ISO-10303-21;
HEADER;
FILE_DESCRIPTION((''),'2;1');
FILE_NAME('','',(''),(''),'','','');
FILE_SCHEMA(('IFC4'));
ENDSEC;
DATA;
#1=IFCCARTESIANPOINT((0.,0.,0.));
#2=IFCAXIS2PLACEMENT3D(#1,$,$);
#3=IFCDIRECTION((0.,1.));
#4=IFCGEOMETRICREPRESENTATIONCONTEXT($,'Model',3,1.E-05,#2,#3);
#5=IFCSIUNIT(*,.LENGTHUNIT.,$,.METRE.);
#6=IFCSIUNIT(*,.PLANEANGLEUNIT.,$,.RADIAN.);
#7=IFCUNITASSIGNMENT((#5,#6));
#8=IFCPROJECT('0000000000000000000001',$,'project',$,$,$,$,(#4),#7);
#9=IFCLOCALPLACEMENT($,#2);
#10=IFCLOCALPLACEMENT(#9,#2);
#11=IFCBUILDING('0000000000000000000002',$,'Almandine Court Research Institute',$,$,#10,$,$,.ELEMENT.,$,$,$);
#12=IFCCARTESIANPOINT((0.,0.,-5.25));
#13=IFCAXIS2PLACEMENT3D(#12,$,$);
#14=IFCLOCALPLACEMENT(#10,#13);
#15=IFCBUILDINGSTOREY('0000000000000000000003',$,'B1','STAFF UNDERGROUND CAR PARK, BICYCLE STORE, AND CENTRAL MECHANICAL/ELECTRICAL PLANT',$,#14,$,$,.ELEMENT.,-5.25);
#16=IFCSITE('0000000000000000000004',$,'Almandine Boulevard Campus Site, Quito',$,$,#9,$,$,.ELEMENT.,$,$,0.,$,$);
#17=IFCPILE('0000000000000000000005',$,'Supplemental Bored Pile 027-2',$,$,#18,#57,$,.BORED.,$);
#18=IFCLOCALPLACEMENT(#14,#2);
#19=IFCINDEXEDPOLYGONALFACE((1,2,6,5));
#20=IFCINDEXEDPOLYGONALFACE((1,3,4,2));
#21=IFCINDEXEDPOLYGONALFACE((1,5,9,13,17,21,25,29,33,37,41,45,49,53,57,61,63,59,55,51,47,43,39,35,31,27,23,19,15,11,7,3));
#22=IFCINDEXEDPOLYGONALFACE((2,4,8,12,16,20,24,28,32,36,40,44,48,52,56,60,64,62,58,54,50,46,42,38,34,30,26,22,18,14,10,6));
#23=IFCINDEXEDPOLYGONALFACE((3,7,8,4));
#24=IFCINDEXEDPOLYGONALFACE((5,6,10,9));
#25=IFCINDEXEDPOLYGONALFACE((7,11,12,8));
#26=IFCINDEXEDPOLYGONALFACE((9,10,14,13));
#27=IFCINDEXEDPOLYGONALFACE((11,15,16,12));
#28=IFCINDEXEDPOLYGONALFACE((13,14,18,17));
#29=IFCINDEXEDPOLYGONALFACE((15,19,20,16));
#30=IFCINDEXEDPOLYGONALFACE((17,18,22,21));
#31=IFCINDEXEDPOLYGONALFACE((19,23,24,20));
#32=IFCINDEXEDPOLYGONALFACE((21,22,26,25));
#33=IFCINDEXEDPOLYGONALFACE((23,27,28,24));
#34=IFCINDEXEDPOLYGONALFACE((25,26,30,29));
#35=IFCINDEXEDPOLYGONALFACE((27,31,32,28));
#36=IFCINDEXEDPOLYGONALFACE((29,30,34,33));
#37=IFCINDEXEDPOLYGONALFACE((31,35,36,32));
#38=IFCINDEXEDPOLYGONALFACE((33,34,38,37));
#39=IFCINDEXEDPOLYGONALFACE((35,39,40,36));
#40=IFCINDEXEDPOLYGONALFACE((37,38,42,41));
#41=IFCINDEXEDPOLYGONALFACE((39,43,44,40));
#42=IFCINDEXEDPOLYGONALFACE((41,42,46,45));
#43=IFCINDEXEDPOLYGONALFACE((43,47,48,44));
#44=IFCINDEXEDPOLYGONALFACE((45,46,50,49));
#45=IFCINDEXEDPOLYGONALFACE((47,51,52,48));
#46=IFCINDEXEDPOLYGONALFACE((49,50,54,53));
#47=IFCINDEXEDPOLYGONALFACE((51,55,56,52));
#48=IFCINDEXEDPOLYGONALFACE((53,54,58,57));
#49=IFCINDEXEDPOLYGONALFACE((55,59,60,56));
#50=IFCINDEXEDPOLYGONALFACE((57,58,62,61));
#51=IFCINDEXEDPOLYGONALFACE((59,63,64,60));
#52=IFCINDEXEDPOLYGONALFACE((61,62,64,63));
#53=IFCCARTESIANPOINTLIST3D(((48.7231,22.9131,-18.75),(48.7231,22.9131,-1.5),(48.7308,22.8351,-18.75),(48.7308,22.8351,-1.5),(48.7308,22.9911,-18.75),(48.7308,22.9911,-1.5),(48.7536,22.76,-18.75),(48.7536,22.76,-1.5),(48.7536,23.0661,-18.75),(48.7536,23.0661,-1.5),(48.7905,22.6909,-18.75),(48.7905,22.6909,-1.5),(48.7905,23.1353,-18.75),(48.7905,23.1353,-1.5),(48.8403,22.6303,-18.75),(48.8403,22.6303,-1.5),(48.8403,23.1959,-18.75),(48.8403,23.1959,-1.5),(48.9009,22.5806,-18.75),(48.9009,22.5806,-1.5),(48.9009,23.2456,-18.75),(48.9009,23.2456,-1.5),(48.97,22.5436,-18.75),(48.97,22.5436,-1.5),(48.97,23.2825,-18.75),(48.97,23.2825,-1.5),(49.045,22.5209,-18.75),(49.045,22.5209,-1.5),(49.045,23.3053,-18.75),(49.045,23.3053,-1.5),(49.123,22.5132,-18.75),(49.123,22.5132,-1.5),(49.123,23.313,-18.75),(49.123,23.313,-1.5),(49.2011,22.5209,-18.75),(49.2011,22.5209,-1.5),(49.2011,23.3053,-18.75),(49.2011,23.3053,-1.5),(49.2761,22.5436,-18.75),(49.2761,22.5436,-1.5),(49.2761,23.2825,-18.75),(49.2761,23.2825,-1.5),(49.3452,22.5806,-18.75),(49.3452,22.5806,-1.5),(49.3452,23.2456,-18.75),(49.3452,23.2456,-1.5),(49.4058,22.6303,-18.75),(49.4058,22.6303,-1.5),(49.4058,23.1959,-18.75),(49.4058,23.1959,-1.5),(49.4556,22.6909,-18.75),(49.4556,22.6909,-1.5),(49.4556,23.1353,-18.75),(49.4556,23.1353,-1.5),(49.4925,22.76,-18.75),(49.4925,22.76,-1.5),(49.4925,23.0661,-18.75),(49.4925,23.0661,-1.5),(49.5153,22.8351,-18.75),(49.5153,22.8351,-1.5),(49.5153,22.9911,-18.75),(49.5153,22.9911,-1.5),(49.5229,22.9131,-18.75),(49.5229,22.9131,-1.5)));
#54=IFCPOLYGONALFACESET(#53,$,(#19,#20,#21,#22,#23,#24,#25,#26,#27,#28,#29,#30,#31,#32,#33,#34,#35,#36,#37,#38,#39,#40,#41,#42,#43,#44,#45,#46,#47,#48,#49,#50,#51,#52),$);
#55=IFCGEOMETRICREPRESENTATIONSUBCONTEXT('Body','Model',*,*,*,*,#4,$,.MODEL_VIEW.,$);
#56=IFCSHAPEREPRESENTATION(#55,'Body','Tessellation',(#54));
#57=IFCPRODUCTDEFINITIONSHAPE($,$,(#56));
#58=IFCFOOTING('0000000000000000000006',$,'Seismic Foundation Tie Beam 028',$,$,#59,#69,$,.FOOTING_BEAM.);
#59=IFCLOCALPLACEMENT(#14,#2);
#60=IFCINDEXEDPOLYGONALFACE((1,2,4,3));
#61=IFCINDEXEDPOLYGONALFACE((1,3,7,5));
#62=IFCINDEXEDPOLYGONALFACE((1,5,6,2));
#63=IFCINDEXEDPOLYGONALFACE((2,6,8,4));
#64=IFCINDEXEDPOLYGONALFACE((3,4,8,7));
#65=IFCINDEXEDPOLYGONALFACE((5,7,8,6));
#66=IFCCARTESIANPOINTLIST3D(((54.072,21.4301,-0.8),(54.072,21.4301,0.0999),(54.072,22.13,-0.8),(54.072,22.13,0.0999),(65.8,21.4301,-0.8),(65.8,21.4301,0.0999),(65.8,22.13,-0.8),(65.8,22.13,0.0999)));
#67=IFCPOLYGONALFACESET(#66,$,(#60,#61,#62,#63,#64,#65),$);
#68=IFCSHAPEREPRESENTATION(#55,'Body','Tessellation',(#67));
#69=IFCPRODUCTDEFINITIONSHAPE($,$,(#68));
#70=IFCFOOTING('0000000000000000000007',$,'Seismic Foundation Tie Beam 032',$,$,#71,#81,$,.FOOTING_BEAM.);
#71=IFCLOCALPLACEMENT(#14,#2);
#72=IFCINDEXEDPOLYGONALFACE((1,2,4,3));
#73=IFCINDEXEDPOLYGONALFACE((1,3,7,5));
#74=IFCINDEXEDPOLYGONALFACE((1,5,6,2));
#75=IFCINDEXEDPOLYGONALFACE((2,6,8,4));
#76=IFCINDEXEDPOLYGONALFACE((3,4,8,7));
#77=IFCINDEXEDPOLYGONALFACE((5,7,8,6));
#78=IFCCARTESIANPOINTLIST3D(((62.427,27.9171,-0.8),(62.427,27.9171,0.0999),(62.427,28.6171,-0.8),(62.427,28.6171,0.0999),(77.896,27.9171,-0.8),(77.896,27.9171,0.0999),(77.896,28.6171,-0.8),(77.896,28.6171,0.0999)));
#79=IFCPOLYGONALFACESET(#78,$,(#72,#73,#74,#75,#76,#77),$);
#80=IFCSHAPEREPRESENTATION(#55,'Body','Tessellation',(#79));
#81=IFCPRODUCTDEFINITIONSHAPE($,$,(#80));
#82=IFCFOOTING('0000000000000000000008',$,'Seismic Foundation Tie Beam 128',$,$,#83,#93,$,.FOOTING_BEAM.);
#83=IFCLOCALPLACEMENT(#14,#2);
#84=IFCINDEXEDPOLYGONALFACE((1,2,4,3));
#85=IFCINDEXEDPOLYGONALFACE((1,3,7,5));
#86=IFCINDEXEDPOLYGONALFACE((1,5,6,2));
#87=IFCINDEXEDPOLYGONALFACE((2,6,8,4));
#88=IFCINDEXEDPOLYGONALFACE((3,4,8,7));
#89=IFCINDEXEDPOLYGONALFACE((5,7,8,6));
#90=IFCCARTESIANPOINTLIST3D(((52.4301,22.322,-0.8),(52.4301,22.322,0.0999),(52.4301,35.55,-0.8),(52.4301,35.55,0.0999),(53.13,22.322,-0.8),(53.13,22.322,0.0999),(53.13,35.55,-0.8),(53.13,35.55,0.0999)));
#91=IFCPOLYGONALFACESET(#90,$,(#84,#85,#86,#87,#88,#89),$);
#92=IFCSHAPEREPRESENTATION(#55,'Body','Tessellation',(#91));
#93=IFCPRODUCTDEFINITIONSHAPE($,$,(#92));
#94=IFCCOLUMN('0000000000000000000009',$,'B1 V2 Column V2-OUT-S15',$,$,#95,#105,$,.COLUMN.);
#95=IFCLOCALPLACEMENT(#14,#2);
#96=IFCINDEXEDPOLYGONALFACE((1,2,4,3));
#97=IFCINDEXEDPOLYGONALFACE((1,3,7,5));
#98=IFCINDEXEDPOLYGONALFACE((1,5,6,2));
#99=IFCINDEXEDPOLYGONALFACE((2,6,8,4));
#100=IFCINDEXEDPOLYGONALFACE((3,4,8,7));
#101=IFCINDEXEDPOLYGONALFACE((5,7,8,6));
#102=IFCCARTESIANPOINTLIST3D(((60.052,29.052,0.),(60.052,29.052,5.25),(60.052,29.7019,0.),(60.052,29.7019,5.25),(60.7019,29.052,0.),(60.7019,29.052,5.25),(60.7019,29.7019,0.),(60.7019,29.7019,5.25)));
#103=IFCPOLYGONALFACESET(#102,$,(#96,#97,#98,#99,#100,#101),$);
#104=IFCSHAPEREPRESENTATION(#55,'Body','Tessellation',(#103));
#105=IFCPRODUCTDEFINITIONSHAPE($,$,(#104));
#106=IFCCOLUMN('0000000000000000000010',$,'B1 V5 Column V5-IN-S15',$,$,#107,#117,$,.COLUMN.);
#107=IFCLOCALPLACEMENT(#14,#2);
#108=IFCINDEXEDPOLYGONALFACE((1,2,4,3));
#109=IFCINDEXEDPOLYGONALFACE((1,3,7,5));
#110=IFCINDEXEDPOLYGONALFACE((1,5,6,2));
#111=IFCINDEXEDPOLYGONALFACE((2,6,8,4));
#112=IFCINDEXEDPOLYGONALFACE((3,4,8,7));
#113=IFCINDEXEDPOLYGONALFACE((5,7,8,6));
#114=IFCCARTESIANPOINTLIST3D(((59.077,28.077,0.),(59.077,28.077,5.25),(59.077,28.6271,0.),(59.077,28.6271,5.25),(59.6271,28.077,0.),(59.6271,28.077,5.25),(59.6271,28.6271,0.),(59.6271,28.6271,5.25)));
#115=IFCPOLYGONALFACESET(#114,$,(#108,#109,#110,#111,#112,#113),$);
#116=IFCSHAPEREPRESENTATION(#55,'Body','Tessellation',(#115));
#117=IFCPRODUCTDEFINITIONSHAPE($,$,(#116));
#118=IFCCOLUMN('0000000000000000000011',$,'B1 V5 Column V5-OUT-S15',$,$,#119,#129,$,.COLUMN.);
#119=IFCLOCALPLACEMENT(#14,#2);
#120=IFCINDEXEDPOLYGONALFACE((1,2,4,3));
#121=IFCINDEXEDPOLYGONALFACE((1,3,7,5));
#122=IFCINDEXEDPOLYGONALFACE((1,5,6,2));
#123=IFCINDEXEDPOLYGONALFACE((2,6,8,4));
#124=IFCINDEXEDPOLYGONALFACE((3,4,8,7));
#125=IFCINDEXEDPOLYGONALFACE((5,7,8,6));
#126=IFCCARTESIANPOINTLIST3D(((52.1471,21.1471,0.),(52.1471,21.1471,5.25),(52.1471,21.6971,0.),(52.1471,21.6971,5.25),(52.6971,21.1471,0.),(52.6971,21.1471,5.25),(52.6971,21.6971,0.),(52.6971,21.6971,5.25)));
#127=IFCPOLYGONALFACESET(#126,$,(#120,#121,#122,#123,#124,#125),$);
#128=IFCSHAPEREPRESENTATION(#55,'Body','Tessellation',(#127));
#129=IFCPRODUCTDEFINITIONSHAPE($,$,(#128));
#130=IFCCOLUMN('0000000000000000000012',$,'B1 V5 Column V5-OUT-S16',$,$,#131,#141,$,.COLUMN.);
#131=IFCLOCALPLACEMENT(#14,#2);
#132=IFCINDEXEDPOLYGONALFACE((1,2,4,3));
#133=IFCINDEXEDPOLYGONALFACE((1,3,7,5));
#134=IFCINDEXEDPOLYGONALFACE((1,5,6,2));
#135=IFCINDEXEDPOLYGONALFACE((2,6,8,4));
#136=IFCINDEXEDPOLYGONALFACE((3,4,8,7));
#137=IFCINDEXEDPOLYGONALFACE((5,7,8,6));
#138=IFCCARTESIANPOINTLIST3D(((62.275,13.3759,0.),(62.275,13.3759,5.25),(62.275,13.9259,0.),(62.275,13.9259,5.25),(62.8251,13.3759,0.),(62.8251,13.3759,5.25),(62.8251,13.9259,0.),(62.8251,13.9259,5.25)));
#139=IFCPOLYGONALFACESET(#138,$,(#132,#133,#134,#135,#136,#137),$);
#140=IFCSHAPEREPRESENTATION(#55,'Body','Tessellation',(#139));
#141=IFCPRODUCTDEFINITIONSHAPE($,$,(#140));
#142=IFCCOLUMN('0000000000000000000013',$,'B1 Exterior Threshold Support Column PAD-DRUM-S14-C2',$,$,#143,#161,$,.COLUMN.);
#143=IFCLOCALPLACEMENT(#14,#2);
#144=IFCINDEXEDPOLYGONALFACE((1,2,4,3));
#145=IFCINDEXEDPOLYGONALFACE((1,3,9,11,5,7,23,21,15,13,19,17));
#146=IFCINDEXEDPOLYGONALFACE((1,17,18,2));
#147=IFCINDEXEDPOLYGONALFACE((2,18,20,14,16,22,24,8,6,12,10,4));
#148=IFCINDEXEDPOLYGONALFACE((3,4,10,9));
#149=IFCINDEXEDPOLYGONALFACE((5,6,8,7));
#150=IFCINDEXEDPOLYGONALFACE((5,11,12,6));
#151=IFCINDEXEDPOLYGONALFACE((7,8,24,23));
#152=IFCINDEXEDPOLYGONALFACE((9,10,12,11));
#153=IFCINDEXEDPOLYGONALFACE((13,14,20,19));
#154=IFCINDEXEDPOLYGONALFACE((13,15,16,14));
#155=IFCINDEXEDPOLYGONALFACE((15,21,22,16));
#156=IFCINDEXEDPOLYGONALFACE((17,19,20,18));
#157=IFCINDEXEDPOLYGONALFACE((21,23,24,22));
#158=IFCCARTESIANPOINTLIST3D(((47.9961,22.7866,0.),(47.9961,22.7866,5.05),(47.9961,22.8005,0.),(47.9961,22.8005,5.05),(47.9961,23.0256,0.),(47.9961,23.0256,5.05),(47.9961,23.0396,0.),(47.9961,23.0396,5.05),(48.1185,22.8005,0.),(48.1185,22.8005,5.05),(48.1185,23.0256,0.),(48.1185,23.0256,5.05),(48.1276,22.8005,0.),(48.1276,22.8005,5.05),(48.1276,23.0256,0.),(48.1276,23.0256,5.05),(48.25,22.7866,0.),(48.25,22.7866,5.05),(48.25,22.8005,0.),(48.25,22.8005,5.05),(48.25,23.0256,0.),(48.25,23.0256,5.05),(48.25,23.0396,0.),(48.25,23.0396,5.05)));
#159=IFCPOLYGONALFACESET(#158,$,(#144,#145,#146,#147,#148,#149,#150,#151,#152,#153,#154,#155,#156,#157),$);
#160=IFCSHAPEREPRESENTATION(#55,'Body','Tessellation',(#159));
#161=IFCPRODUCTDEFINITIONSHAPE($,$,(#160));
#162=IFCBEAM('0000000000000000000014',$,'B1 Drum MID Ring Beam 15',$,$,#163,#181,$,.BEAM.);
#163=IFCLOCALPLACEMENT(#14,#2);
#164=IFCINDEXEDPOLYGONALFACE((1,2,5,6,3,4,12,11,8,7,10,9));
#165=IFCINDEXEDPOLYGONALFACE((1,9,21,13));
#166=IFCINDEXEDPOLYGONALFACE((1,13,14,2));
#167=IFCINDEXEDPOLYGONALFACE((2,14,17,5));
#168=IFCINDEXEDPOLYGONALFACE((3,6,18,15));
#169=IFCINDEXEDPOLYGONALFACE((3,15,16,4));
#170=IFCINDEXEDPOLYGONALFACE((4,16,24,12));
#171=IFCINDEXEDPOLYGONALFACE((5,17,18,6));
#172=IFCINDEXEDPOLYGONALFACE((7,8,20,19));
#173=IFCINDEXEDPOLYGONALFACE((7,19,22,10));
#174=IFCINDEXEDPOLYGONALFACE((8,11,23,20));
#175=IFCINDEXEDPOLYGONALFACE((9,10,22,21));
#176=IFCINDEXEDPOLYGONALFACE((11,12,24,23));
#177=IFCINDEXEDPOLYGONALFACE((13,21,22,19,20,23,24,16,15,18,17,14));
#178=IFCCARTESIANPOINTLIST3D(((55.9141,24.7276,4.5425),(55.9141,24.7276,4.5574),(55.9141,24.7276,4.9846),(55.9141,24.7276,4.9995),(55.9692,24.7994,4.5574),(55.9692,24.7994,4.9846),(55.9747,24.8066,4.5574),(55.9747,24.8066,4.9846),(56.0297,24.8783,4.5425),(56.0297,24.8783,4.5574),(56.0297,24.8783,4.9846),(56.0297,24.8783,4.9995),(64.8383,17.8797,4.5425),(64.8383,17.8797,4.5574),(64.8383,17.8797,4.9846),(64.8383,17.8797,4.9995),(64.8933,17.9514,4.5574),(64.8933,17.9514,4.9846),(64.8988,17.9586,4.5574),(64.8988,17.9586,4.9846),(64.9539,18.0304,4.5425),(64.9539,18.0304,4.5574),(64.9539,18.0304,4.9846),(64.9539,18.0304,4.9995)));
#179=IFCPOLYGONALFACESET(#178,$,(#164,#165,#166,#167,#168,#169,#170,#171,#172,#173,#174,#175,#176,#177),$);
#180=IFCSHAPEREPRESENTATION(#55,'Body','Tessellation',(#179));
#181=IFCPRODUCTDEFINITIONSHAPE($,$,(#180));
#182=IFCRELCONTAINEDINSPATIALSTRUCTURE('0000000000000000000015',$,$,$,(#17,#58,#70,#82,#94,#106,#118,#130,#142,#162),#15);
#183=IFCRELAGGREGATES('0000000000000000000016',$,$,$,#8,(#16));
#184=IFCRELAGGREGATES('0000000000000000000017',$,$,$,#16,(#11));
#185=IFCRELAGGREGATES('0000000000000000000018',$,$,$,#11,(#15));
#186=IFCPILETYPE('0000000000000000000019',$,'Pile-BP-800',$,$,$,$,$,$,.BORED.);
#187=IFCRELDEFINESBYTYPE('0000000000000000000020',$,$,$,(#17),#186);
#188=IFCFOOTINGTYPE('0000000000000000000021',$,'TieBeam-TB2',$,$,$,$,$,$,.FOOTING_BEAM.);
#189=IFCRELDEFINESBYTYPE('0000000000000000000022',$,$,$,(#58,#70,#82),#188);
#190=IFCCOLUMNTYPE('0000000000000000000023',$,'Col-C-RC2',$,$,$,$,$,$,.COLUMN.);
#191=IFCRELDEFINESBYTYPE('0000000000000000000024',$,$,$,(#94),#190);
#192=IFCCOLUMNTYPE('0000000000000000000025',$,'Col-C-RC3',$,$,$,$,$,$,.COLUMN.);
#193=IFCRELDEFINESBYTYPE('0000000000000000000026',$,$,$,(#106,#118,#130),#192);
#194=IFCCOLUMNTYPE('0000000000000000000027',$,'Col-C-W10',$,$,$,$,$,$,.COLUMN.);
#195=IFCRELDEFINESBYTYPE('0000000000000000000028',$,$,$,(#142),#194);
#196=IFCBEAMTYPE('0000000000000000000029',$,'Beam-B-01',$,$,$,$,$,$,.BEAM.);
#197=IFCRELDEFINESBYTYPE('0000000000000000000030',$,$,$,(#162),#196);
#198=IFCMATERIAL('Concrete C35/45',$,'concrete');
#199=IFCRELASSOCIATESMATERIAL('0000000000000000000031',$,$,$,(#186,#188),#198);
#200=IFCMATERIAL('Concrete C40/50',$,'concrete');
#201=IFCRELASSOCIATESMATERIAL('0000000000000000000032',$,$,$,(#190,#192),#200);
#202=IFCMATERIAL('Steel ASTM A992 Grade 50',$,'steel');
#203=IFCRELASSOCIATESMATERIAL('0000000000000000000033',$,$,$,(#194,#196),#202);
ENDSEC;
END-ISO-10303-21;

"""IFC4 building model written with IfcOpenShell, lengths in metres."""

from ifc_helpers import new_model, si_unit, direction, frame, origin, origin_2d, place, context, subcontext, project, spatial, rectangle, circle, i_section, extrude, material, material_profile, profile_set, type_object, element, save


model = new_model("IFC4")

# Units and contexts
model_context = context("Model", 3, precision=1e-05, world=origin(), true_north=direction((0.0, 1.0)))
body_context = subcontext(model_context, "Body", "Model", "MODEL_VIEW")
ifc_project = project(units=[si_unit("LENGTHUNIT", "METRE"), si_unit("PLANEANGLEUNIT", "RADIAN")], contexts=[model_context])

# Site, building, storey
site_placement = place(None, origin())
site = spatial("IfcSite", under=ifc_project, at=site_placement, Name="Almandine Boulevard Campus Site, Quito", CompositionType="ELEMENT", RefElevation=0.0)
building_placement = place(site_placement, origin())
building = spatial("IfcBuilding", under=site, at=building_placement, Name="Almandine Court Research Institute", CompositionType="ELEMENT")
storey_placement = place(building_placement, frame((0.0, 0.0, -5.25)))
storey = spatial("IfcBuildingStorey", under=building, at=storey_placement, Name="B1", Description="STAFF UNDERGROUND CAR PARK, BICYCLE STORE, AND CENTRAL MECHANICAL/ELECTRICAL PLANT", CompositionType="ELEMENT", Elevation=-5.25)

# Shared definitions
ifc_material_1 = material(Name="Concrete C35/45", Category="concrete")

# Pile
ifc_material_profile_1 = material_profile(ifc_material_1, circle(Radius=0.3999, at=origin_2d()), Name="BORED PILE D800")
ifc_profile_set_1 = profile_set([ifc_material_profile_1], Name="Concrete C35/45")
pile_type_1 = type_object("IfcPileType", Name="Pile-BP-800", PredefinedType="BORED", material=ifc_profile_set_1)
for number, where, z_axis, x_axis, name in (
    (1, (49.123, 22.9131, -1.5), (0.0, 0.0, -1.0), (1.0, 0.0, 0.0), "Supplemental Bored Pile 027-2"),
):
    element("IfcPile", number, at=place(storey_placement, frame(where, z_axis=z_axis, x_axis=x_axis)), inside=storey, type_object=pile_type_1, Name=name, PredefinedType="BORED", context=body_context, shape_type="SweptSolid", body=[
        extrude(circle(Radius=0.3999, at=origin_2d()), origin(), (0.0, 0.0, 1.0), 17.25),
    ])

# Footings
ifc_material_profile_2 = material_profile(ifc_material_1, rectangle(XDim=0.7, YDim=0.8999, at=origin_2d()), Name="RC TIE 700x900")
ifc_profile_set_2 = profile_set([ifc_material_profile_2], Name="Concrete C35/45")
footing_type_1 = type_object("IfcFootingType", Name="TieBeam-TB2", PredefinedType="FOOTING_BEAM", material=ifc_profile_set_2)
footing_1_placement = place(storey_placement, frame((54.072, 21.78, -0.3501), z_axis=(1.0, 0.0, 0.0), x_axis=(0.0, 1.0, 0.0)))
element("IfcFooting", 2, at=footing_1_placement, inside=storey, type_object=footing_type_1, Name="Seismic Foundation Tie Beam 028", PredefinedType="FOOTING_BEAM", context=body_context, shape_type="SweptSolid", body=[
    extrude(rectangle(XDim=0.7, YDim=0.8999, at=origin_2d()), origin(), (0.0, 0.0, 1.0), 11.728),
])
footing_2_placement = place(storey_placement, frame((62.427, 28.2671, -0.3501), z_axis=(1.0, 0.0, 0.0), x_axis=(0.0, 1.0, 0.0)))
element("IfcFooting", 3, at=footing_2_placement, inside=storey, type_object=footing_type_1, Name="Seismic Foundation Tie Beam 032", PredefinedType="FOOTING_BEAM", context=body_context, shape_type="SweptSolid", body=[
    extrude(rectangle(XDim=0.7, YDim=0.8999, at=origin_2d()), origin(), (0.0, 0.0, 1.0), 15.469),
])
footing_3_placement = place(storey_placement, frame((52.78, 22.322, -0.3501), z_axis=(0.0, 1.0, 0.0), x_axis=(-1.0, 0.0, 0.0)))
element("IfcFooting", 4, at=footing_3_placement, inside=storey, type_object=footing_type_1, Name="Seismic Foundation Tie Beam 128", PredefinedType="FOOTING_BEAM", context=body_context, shape_type="SweptSolid", body=[
    extrude(rectangle(XDim=0.7, YDim=0.8999, at=origin_2d()), origin(), (0.0, 0.0, 1.0), 13.228),
])

# Columns
ifc_material_2 = material(Name="Concrete C40/50", Category="concrete")
ifc_material_profile_3 = material_profile(ifc_material_2, rectangle(XDim=0.6499, YDim=0.6499, at=origin_2d()), Name="RC 650x650")
ifc_profile_set_3 = profile_set([ifc_material_profile_3], Name="Concrete C40/50")
column_type_1 = type_object("IfcColumnType", Name="Col-C-RC2", PredefinedType="COLUMN", material=ifc_profile_set_3)
column_1_placement = place(storey_placement, frame((60.377, 29.377, 0.0), z_axis=(0.0, 0.0, 1.0), x_axis=(1.0, 0.0, 0.0)))
element("IfcColumn", 5, at=column_1_placement, inside=storey, type_object=column_type_1, Name="B1 V2 Column V2-OUT-S15", PredefinedType="COLUMN", context=body_context, shape_type="SweptSolid", body=[
    extrude(rectangle(XDim=0.6499, YDim=0.6499, at=origin_2d()), origin(), (0.0, 0.0, 1.0), 5.25),
])
ifc_material_profile_4 = material_profile(ifc_material_2, rectangle(XDim=0.55, YDim=0.55, at=origin_2d()), Name="RC 550x550")
ifc_profile_set_4 = profile_set([ifc_material_profile_4], Name="Concrete C40/50")
column_type_2 = type_object("IfcColumnType", Name="Col-C-RC3", PredefinedType="COLUMN", material=ifc_profile_set_4)
for number, where, z_axis, x_axis, name in (
    (6, (59.3521, 28.3521, 0.0), (0.0, 0.0, 1.0), (1.0, 0.0, 0.0), "B1 V5 Column V5-IN-S15"),
    (7, (52.4221, 21.4221, 0.0), (0.0, 0.0, 1.0), (1.0, 0.0, 0.0), "B1 V5 Column V5-OUT-S15"),
    (8, (62.55, 13.6509, 0.0), (0.0, 0.0, 1.0), (1.0, 0.0, 0.0), "B1 V5 Column V5-OUT-S16"),
):
    element("IfcColumn", number, at=place(storey_placement, frame(where, z_axis=z_axis, x_axis=x_axis)), inside=storey, type_object=column_type_2, Name=name, PredefinedType="COLUMN", context=body_context, shape_type="SweptSolid", body=[
        extrude(rectangle(XDim=0.55, YDim=0.55, at=origin_2d()), origin(), (0.0, 0.0, 1.0), 5.25),
    ])
ifc_material_3 = material(Name="Steel ASTM A992 Grade 50", Category="steel")
ifc_material_profile_5 = material_profile(ifc_material_3, i_section(OverallWidth=0.2539, OverallDepth=0.2529, WebThickness=0.009, FlangeThickness=0.0139, at=origin_2d()), Name="W250x73")
ifc_profile_set_5 = profile_set([ifc_material_profile_5], Name="Steel ASTM A992 Grade 50")
column_type_3 = type_object("IfcColumnType", Name="Col-C-W10", PredefinedType="COLUMN", material=ifc_profile_set_5)
column_2_placement = place(storey_placement, frame((48.123, 22.9131, 0.0), z_axis=(0.0, 0.0, 1.0), x_axis=(1.0, 0.0, 0.0)))
element("IfcColumn", 9, at=column_2_placement, inside=storey, type_object=column_type_3, Name="B1 Exterior Threshold Support Column PAD-DRUM-S14-C2", PredefinedType="COLUMN", context=body_context, shape_type="SweptSolid", body=[
    extrude(i_section(OverallWidth=0.2539, OverallDepth=0.2529, WebThickness=0.009, FlangeThickness=0.0139, at=origin_2d()), origin(), (0.0, 0.0, 1.0), 5.05),
])

# Beam
ifc_material_profile_6 = material_profile(ifc_material_3, i_section(OverallWidth=0.1899, OverallDepth=0.457, WebThickness=0.009, FlangeThickness=0.0149, at=origin_2d()), Name="W460x74")
ifc_profile_set_6 = profile_set([ifc_material_profile_6], Name="Steel ASTM A992 Grade 50")
beam_type_1 = type_object("IfcBeamType", Name="Beam-B-01", PredefinedType="BEAM", material=ifc_profile_set_6)
beam_1_placement = place(storey_placement, frame((55.9719, 24.803, 4.771), z_axis=(0.793344, -0.608774, 0.0), x_axis=(0.608774, 0.793344, 0.0)))
element("IfcBeam", 10, at=beam_1_placement, inside=storey, type_object=beam_type_1, Name="B1 Drum MID Ring Beam 15", PredefinedType="BEAM", context=body_context, shape_type="SweptSolid", body=[
    extrude(i_section(OverallWidth=0.1899, OverallDepth=0.457, WebThickness=0.009, FlangeThickness=0.0149, at=origin_2d()), origin(), (0.0, 0.0, 1.0), 11.2488),
])

save(model, "model.ifc")
